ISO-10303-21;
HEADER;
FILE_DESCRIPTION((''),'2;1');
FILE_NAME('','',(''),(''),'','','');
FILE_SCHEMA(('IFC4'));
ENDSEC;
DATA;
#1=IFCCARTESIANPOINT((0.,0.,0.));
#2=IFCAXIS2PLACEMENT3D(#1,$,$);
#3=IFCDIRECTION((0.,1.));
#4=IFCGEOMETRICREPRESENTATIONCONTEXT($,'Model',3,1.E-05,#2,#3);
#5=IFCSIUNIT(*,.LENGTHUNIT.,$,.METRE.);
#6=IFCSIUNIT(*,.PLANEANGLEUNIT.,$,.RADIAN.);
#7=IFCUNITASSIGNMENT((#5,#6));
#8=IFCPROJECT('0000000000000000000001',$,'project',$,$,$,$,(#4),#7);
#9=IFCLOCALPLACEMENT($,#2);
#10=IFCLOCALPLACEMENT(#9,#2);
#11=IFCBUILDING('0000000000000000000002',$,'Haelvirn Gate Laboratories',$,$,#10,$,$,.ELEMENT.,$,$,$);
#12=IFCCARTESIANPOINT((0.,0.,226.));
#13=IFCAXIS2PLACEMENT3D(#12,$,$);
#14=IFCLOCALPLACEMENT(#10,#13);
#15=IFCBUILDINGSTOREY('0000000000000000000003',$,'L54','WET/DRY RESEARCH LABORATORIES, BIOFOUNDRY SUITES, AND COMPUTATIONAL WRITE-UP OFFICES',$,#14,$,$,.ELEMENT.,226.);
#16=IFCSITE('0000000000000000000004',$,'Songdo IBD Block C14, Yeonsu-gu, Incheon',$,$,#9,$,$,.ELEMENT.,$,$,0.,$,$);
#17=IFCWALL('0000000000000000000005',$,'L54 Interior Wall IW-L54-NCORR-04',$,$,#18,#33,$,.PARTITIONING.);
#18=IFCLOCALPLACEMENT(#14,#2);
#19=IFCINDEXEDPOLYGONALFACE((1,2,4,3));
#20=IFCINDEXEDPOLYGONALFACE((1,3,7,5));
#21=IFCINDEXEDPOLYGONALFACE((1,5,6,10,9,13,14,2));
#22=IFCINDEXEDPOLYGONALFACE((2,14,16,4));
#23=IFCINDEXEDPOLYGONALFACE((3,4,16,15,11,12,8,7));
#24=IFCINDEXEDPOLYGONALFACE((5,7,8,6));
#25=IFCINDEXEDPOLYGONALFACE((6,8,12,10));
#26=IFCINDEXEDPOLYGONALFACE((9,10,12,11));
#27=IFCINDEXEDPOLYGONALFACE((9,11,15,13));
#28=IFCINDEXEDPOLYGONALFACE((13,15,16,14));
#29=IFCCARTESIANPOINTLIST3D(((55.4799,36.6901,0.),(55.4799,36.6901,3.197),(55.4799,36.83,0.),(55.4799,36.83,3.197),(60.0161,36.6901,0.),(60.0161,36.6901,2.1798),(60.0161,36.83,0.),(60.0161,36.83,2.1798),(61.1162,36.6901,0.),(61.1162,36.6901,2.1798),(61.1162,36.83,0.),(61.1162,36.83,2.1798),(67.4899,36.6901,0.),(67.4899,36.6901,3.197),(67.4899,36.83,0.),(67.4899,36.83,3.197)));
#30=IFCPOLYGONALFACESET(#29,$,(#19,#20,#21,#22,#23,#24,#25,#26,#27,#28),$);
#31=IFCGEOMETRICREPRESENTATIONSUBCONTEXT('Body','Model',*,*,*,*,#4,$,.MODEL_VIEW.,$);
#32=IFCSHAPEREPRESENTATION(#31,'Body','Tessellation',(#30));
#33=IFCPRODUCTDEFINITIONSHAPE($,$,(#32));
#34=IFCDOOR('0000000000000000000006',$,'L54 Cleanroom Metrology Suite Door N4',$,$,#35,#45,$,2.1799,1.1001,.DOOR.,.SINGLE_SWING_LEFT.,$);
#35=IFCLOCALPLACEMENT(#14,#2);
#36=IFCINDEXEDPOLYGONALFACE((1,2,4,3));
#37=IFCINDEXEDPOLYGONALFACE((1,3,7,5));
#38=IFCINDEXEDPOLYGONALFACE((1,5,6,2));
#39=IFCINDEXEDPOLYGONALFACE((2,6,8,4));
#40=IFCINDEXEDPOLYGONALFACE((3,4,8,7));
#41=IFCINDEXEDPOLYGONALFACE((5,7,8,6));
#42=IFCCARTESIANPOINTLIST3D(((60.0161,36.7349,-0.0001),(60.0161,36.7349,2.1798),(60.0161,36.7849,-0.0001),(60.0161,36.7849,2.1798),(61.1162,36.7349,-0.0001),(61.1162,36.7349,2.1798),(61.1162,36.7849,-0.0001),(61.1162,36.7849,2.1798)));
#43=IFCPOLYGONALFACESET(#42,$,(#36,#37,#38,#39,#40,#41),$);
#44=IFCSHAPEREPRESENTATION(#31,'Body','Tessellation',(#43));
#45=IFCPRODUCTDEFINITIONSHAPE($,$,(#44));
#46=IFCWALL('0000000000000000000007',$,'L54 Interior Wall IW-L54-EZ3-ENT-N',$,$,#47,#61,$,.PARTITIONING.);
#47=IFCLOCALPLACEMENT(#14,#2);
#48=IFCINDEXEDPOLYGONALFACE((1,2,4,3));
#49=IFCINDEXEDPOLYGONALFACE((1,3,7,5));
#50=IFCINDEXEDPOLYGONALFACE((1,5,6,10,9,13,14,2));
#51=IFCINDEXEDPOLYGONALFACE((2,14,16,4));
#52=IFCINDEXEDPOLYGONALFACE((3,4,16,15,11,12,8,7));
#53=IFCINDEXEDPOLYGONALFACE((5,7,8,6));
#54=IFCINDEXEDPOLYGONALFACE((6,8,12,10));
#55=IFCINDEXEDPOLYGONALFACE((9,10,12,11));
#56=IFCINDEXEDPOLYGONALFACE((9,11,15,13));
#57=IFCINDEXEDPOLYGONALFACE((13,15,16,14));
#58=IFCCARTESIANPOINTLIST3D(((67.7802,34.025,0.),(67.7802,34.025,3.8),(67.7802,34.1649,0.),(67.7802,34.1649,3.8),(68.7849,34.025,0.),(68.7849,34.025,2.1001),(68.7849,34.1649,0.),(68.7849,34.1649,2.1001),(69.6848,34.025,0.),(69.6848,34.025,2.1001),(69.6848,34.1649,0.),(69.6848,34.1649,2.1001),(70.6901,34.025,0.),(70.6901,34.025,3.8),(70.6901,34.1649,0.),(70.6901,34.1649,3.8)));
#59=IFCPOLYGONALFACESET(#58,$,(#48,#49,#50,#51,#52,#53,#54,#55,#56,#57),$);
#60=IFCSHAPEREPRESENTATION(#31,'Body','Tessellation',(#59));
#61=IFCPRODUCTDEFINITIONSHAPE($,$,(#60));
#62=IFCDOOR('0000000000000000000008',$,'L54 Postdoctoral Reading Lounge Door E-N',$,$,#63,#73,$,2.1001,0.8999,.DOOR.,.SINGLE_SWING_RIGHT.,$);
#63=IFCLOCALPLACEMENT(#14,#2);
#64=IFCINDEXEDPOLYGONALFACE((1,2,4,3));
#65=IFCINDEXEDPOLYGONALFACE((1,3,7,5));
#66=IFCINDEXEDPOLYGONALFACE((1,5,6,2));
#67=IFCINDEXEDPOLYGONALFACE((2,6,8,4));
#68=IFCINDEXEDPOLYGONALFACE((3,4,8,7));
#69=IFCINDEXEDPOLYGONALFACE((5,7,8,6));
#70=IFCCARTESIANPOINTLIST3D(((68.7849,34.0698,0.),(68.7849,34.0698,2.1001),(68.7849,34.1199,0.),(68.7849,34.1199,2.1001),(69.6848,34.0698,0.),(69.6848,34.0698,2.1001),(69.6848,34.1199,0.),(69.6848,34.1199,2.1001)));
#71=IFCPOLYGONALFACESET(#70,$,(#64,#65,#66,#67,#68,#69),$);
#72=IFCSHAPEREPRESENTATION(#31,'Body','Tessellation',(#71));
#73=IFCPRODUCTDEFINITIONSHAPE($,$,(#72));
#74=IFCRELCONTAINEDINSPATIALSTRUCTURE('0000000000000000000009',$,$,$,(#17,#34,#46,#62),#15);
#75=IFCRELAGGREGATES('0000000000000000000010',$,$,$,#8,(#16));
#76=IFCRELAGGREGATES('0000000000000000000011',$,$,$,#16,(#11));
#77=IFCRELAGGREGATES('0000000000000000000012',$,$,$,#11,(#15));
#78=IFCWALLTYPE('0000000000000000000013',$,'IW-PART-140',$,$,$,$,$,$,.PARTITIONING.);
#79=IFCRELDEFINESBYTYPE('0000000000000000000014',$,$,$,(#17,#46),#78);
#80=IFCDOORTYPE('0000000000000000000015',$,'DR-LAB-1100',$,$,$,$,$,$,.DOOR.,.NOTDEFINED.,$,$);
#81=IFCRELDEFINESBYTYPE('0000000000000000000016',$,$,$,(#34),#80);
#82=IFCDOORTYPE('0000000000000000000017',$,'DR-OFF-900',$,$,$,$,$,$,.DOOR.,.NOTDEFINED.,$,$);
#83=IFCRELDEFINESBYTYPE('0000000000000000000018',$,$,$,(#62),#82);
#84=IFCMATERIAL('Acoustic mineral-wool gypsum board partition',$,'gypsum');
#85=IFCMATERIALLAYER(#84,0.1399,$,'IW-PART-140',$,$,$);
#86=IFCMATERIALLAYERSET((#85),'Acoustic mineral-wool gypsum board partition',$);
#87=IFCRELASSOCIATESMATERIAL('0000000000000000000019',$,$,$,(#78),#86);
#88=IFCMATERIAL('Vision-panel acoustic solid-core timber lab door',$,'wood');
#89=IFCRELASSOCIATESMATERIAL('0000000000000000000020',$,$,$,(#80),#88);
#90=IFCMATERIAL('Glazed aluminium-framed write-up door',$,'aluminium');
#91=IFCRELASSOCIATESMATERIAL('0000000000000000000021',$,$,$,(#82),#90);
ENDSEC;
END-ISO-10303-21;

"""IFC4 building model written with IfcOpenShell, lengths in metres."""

from ifc_helpers import new_model, si_unit, direction, frame, frame_2d, origin, place, context, subcontext, project, spatial, rectangle, extrude, source, transform, mapped, material, layer, layer_set, type_object, type_shapes, element, fill, save


model = new_model("IFC4")

# Units and contexts
model_context = context("Model", 3, precision=1e-05, world=origin(), true_north=direction((0.0, 1.0)))
body_context = subcontext(model_context, "Body", "Model", "MODEL_VIEW")
ifc_project = project(units=[si_unit("LENGTHUNIT", "METRE"), si_unit("PLANEANGLEUNIT", "RADIAN")], contexts=[model_context])

# Site, building, storey
site_placement = place(None, origin())
site = spatial("IfcSite", under=ifc_project, at=site_placement, Name="Songdo IBD Block C14, Yeonsu-gu, Incheon", CompositionType="ELEMENT", RefElevation=0.0)
building_placement = place(site_placement, origin())
building = spatial("IfcBuilding", under=site, at=building_placement, Name="Haelvirn Gate Laboratories", CompositionType="ELEMENT")
storey_placement = place(building_placement, frame((0.0, 0.0, 226.0)))
storey = spatial("IfcBuildingStorey", under=building, at=storey_placement, Name="L54", Description="WET/DRY RESEARCH LABORATORIES, BIOFOUNDRY SUITES, AND COMPUTATIONAL WRITE-UP OFFICES", CompositionType="ELEMENT", Elevation=226.0)

# Walls, openings, doors
ifc_material_1 = material(Name="Acoustic mineral-wool gypsum board partition", Category="gypsum")
ifc_layer_1 = layer(ifc_material_1, 0.1399, Name="IW-PART-140")
ifc_layer_set_1 = layer_set([ifc_layer_1], Name="Acoustic mineral-wool gypsum board partition")
wall_type_1 = type_object("IfcWallType", Name="IW-PART-140", PredefinedType="PARTITIONING", material=ifc_layer_set_1)
wall_1_placement = place(storey_placement, frame((55.48, 36.76, 0.0), z_axis=(0.0, 0.0, 1.0), x_axis=(1.0, 0.0, 0.0)))
wall_1 = element("IfcWall", 1, at=wall_1_placement, inside=storey, type_object=wall_type_1, Name="L54 Interior Wall IW-L54-NCORR-04", PredefinedType="PARTITIONING", context=body_context, shape_type="SweptSolid", body=[
    extrude(rectangle(XDim=12.01, YDim=0.1399, at=frame_2d((6.0049, 0.0))), origin(), (0.0, 0.0, 1.0), 3.197),
])
opening_1_placement = place(wall_1_placement, frame((4.5361, 0.0, 0.0)))
opening_1 = element("IfcOpeningElement", 2, at=opening_1_placement, cuts=wall_1, PredefinedType="OPENING", context=body_context, shape_type="SweptSolid", body=[
    extrude(rectangle(XDim=1.1001, YDim=2.1799, at=frame_2d((0.55, 1.0898))), frame((0.0, 0.0801, 0.0), z_axis=(0.0, -1.0, 0.0), x_axis=(1.0, 0.0, 0.0)), (0.0, 0.0, 1.0), 0.1599),
])
ifc_material_2 = material(Name="Vision-panel acoustic solid-core timber lab door", Category="wood")
door_type_1 = type_object("IfcDoorType", Name="DR-LAB-1100", OperationType="NOTDEFINED", PredefinedType="DOOR", material=ifc_material_2)
shared_shape_1 = source(origin(), body_context, "Body", "SweptSolid", [
    extrude(rectangle(XDim=1.1001, YDim=2.1799, at=frame_2d((0.55, 1.0898))), frame((0.0, 0.0249, 0.0), z_axis=(0.0, -1.0, 0.0), x_axis=(1.0, 0.0, 0.0)), (0.0, 0.0, 1.0), 0.05),
])
type_shapes(door_type_1, [shared_shape_1])
door_1_placement = place(opening_1_placement, origin())
door_1 = element("IfcDoor", 3, at=door_1_placement, inside=storey, type_object=door_type_1, Name="L54 Cleanroom Metrology Suite Door N4", OperationType="SINGLE_SWING_LEFT", OverallHeight=2.1799, OverallWidth=1.1001, PredefinedType="DOOR", context=body_context, shape_type="MappedRepresentation", body=[
    mapped(shared_shape_1, transform((0.0, 0.0, 0.0), scale=1.0)),
])
fill(opening_1, door_1)
wall_2_placement = place(storey_placement, frame((67.78, 34.095, 0.0), z_axis=(0.0, 0.0, 1.0), x_axis=(1.0, 0.0, 0.0)))
wall_2 = element("IfcWall", 4, at=wall_2_placement, inside=storey, type_object=wall_type_1, Name="L54 Interior Wall IW-L54-EZ3-ENT-N", PredefinedType="PARTITIONING", context=body_context, shape_type="SweptSolid", body=[
    extrude(rectangle(XDim=2.9099, YDim=0.1399, at=frame_2d((1.4551, 0.0))), origin(), (0.0, 0.0, 1.0), 3.8),
])
opening_2_placement = place(wall_2_placement, frame((1.0049, 0.0, 0.0)))
opening_2 = element("IfcOpeningElement", 5, at=opening_2_placement, cuts=wall_2, PredefinedType="OPENING", context=body_context, shape_type="SweptSolid", body=[
    extrude(rectangle(XDim=0.8999, YDim=2.1001, at=frame_2d((0.45, 1.05))), frame((0.0, 0.0801, 0.0), z_axis=(0.0, -1.0, 0.0), x_axis=(1.0, 0.0, 0.0)), (0.0, 0.0, 1.0), 0.1599),
])
ifc_material_3 = material(Name="Glazed aluminium-framed write-up door", Category="aluminium")
door_type_2 = type_object("IfcDoorType", Name="DR-OFF-900", OperationType="NOTDEFINED", PredefinedType="DOOR", material=ifc_material_3)
shared_shape_2 = source(origin(), body_context, "Body", "SweptSolid", [
    extrude(rectangle(XDim=0.8999, YDim=2.1001, at=frame_2d((0.45, 1.05))), frame((0.0, 0.0249, 0.0), z_axis=(0.0, -1.0, 0.0), x_axis=(1.0, 0.0, 0.0)), (0.0, 0.0, 1.0), 0.05),
])
type_shapes(door_type_2, [shared_shape_2])
door_2_placement = place(opening_2_placement, origin())
door_2 = element("IfcDoor", 6, at=door_2_placement, inside=storey, type_object=door_type_2, Name="L54 Postdoctoral Reading Lounge Door E-N", OperationType="SINGLE_SWING_RIGHT", OverallHeight=2.1001, OverallWidth=0.8999, PredefinedType="DOOR", context=body_context, shape_type="MappedRepresentation", body=[
    mapped(shared_shape_2, transform((0.0, 0.0, 0.0), scale=1.0)),
])
fill(opening_2, door_2)

save(model, "model.ifc")
